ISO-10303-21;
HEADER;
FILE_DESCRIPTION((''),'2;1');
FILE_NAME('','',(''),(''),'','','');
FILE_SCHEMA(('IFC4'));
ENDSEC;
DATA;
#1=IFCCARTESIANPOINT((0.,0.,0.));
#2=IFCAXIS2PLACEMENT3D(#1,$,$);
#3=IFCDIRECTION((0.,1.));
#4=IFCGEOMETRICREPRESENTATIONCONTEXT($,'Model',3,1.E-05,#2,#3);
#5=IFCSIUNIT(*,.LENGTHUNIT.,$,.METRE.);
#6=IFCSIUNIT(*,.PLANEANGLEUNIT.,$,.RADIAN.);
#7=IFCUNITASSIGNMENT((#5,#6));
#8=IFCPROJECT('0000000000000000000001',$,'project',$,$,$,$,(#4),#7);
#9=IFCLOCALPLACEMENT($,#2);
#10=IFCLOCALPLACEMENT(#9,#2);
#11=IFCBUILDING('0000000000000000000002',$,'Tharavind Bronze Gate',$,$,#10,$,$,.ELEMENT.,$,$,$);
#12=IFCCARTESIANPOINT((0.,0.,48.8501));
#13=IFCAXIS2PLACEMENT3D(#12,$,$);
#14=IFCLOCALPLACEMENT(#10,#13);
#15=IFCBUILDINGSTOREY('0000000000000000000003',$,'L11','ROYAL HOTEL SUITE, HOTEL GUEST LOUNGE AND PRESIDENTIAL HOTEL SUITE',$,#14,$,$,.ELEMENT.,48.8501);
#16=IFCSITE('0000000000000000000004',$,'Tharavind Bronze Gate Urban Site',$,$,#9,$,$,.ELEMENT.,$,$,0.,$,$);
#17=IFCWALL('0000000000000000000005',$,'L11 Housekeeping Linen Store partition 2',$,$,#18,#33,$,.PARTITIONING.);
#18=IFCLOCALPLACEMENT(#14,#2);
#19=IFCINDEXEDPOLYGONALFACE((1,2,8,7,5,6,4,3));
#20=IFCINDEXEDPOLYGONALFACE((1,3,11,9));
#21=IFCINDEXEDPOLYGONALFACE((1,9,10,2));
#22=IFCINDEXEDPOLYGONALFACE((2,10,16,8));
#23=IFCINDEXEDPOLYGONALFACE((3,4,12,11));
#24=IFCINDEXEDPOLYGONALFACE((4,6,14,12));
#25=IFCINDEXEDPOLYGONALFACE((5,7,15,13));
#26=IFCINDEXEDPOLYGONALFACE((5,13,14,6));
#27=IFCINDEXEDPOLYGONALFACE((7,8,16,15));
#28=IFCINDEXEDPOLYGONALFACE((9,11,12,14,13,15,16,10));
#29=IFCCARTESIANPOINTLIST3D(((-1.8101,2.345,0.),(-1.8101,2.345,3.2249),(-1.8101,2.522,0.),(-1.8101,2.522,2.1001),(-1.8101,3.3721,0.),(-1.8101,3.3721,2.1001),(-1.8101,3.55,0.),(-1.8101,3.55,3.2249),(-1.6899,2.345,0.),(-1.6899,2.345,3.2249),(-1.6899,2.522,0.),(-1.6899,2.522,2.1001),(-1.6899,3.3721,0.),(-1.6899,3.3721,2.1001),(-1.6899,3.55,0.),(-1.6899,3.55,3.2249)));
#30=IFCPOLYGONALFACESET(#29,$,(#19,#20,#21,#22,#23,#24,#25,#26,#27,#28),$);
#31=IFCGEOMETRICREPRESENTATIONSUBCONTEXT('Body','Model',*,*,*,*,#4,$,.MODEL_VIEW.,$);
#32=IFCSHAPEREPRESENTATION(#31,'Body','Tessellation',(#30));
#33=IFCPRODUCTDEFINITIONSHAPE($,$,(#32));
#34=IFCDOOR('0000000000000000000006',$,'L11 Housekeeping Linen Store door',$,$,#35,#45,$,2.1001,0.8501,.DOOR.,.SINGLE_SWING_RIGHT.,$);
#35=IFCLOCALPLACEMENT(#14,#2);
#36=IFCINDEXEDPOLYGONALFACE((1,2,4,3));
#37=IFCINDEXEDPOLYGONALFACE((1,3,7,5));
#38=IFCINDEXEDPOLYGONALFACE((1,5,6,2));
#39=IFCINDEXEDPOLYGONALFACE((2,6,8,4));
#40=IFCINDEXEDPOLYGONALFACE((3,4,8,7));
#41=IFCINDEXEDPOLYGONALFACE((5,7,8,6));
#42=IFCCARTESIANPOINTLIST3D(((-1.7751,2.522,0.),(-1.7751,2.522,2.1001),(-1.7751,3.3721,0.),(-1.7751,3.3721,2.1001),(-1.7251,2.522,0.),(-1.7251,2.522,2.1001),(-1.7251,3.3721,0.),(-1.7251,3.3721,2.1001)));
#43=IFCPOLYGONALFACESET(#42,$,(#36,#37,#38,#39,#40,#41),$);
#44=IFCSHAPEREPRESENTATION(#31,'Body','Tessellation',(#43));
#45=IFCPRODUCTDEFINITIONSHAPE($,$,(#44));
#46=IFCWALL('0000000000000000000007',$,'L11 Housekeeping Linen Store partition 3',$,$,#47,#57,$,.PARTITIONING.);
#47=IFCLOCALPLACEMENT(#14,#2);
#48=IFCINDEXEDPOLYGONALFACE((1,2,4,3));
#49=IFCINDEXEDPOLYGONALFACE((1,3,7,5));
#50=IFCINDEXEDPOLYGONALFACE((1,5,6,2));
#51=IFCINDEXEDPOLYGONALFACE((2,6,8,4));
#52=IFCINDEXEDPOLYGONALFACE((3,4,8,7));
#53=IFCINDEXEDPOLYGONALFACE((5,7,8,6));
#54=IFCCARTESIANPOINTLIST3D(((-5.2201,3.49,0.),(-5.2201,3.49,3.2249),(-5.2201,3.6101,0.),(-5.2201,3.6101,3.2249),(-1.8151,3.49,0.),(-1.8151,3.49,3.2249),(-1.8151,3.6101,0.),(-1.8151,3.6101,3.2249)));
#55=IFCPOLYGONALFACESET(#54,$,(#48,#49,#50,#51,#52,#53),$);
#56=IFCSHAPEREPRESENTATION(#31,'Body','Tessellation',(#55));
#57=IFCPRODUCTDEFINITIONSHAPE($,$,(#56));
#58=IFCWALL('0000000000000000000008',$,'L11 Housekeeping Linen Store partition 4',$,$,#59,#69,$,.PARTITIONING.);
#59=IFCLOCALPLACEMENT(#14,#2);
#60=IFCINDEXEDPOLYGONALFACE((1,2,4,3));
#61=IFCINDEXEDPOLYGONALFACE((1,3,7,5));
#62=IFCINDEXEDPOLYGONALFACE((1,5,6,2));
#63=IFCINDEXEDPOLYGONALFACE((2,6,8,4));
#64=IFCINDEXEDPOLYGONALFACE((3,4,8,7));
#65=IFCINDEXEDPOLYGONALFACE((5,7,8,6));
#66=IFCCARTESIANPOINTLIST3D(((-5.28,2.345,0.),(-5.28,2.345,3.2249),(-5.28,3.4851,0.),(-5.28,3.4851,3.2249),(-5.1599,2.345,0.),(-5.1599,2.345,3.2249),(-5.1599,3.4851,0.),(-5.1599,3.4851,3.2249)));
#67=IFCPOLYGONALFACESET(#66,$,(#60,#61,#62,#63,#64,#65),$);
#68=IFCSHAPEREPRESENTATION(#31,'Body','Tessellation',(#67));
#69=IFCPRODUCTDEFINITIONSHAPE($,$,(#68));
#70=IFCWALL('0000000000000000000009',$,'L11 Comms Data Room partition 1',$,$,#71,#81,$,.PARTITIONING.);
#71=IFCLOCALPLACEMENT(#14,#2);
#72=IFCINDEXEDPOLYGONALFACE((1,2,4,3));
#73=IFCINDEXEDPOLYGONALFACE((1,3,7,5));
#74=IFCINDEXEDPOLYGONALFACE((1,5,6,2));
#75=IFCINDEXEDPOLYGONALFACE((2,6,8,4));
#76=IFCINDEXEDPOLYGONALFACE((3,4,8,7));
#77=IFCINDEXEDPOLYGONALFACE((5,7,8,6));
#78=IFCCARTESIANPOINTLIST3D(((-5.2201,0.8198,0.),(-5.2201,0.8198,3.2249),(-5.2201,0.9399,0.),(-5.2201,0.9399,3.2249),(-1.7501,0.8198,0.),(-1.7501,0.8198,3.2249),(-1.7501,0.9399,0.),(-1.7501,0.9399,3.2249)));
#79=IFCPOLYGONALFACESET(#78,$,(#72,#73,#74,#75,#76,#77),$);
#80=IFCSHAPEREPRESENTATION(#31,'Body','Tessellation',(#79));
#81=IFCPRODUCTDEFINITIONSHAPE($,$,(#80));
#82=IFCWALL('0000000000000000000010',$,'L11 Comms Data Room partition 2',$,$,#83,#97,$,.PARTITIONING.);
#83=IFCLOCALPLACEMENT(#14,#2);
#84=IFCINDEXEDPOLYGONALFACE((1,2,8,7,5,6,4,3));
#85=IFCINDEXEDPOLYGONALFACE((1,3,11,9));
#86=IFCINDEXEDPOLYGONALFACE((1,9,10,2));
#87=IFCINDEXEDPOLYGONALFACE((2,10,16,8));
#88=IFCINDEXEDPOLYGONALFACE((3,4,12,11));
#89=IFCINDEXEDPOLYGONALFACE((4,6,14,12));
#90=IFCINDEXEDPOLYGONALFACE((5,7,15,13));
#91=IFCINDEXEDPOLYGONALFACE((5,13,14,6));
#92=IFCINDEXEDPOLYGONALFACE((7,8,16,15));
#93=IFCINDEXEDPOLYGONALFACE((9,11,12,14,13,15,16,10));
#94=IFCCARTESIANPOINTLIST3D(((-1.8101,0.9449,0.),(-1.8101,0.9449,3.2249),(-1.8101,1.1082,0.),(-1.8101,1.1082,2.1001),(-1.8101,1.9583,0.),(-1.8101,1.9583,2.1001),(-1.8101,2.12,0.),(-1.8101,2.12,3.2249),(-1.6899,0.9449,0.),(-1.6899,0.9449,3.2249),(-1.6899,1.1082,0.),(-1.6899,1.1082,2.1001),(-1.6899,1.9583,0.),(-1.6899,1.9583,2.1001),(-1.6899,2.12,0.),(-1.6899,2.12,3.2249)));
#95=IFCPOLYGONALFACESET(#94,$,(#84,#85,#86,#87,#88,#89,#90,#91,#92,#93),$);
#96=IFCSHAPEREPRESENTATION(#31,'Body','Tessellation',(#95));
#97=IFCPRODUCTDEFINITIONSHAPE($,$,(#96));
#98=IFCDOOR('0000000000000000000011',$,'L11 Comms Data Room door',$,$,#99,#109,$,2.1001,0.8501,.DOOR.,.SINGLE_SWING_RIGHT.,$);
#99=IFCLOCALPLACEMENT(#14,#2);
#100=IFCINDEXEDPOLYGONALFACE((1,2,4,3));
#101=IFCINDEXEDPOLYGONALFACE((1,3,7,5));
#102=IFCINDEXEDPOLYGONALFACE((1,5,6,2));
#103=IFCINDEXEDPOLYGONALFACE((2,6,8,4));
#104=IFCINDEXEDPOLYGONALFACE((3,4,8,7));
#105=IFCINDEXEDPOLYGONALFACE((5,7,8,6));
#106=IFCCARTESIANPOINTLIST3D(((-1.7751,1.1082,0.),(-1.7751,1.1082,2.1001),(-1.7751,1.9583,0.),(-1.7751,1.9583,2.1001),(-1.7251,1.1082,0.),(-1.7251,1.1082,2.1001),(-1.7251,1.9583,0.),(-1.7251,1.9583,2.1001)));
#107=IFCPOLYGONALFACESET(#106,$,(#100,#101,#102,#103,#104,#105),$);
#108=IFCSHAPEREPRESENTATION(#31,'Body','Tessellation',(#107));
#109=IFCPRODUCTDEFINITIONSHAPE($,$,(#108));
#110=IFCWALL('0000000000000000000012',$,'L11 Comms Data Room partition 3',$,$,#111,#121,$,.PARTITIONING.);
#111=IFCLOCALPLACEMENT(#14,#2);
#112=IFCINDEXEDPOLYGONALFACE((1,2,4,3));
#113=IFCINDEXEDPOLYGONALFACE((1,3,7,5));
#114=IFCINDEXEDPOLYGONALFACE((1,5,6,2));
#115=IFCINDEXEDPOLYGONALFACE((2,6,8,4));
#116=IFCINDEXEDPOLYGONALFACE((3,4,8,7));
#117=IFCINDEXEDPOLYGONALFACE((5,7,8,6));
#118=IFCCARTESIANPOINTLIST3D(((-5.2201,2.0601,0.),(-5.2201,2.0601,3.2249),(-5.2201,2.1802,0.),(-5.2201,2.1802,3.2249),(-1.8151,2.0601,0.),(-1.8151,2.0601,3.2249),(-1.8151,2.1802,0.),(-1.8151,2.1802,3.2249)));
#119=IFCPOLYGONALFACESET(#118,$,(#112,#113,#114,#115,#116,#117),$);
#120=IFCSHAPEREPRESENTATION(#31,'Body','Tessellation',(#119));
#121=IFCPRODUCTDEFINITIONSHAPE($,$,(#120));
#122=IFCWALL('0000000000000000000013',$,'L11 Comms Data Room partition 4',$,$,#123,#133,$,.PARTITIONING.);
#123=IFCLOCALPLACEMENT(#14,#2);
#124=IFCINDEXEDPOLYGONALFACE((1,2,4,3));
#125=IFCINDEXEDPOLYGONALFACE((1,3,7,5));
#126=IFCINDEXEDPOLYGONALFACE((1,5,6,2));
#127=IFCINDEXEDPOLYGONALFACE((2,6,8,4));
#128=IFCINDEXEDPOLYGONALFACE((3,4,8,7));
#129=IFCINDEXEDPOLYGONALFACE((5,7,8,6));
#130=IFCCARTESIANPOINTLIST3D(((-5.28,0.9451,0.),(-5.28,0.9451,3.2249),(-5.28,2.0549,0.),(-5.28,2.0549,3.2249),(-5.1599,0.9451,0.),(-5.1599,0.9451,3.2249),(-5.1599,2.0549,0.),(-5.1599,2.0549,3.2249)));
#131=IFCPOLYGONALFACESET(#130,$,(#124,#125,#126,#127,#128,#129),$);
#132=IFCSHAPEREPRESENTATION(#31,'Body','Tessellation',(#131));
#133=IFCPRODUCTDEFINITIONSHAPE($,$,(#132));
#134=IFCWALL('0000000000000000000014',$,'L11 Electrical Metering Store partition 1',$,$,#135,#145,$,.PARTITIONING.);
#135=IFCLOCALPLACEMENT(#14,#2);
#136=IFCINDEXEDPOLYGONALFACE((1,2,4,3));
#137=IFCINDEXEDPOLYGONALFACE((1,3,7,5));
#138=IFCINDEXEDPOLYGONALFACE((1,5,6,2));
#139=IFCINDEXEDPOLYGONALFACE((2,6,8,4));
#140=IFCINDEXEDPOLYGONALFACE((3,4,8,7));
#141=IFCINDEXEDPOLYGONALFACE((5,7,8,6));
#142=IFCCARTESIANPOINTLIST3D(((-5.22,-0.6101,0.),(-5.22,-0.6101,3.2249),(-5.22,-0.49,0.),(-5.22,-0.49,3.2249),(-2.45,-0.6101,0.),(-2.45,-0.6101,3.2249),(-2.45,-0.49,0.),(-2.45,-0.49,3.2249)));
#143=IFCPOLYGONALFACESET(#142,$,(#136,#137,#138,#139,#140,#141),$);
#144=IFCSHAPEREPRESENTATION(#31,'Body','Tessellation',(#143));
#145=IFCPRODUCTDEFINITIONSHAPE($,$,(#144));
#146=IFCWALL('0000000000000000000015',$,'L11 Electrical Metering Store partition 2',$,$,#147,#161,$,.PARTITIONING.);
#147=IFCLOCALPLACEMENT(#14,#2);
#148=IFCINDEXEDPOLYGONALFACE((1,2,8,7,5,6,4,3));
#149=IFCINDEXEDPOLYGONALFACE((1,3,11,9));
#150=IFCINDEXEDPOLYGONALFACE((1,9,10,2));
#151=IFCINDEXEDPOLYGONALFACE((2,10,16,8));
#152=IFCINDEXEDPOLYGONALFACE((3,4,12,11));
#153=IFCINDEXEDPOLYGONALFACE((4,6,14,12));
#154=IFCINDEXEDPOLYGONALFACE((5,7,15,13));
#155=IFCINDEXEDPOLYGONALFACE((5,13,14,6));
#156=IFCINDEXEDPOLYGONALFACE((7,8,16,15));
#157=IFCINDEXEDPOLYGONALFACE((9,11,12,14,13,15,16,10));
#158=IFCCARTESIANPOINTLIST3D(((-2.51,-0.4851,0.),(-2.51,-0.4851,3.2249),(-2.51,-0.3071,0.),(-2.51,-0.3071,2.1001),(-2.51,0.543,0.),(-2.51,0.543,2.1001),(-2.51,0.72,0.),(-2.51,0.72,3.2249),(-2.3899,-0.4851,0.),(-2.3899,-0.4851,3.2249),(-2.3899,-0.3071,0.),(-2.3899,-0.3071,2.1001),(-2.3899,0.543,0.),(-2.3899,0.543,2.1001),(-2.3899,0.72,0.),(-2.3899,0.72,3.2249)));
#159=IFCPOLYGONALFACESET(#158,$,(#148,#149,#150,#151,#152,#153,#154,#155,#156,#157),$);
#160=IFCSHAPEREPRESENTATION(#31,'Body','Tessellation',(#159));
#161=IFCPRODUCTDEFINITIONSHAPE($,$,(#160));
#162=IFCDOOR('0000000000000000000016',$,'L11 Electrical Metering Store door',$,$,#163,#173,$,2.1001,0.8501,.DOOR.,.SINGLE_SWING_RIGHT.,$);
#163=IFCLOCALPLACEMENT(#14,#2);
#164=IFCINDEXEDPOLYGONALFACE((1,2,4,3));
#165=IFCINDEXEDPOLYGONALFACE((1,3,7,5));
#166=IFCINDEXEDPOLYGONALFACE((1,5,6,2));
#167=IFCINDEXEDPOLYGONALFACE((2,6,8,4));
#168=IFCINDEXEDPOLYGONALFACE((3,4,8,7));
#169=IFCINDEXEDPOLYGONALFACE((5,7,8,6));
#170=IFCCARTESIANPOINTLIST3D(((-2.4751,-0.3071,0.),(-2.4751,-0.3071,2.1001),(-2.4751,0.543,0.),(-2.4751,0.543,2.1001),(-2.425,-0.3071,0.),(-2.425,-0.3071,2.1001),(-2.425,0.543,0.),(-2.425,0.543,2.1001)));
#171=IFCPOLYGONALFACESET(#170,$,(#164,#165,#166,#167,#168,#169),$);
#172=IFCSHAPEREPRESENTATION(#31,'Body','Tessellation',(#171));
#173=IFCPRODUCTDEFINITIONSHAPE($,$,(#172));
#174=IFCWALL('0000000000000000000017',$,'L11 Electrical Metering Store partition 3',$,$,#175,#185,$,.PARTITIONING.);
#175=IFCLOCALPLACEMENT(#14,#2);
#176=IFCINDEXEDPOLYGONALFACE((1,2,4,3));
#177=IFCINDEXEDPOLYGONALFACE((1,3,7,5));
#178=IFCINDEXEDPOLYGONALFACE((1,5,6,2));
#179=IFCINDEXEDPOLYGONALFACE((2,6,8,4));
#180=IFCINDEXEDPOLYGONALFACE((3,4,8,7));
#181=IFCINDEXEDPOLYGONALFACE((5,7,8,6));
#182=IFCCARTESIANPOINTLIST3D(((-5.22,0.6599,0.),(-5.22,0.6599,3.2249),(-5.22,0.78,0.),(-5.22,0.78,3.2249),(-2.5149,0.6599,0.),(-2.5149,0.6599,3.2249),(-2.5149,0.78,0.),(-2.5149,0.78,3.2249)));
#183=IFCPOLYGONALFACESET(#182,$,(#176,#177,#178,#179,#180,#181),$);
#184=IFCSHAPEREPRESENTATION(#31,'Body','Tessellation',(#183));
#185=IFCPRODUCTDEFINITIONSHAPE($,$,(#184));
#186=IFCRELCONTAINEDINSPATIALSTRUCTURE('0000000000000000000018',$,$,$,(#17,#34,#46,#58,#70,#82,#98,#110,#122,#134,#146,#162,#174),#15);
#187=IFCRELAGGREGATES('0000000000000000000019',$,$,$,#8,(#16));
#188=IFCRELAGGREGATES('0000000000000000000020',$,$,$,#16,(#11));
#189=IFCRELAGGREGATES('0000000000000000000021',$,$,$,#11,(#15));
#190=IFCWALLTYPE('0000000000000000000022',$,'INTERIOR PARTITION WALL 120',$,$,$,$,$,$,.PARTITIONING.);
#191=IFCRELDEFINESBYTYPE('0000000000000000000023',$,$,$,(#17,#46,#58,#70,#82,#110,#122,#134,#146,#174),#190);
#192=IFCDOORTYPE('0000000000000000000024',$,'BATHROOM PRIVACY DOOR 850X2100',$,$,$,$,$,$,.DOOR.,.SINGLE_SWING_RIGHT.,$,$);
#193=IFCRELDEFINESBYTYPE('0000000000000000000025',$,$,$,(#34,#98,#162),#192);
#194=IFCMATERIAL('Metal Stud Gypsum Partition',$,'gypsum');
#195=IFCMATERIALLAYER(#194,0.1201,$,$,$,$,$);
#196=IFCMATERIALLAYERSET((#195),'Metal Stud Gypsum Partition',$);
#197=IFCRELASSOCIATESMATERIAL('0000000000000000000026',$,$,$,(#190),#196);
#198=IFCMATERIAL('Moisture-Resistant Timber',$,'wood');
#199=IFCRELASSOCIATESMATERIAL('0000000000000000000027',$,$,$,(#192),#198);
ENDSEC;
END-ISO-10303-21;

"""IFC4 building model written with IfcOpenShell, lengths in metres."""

from ifc_helpers import new_model, si_unit, direction, frame, frame_2d, origin, place, context, subcontext, project, spatial, rectangle, extrude, material, layer, layer_set, type_object, element, fill, save


model = new_model("IFC4")

# Units and contexts
model_context = context("Model", 3, precision=1e-05, world=origin(), true_north=direction((0.0, 1.0)))
body_context = subcontext(model_context, "Body", "Model", "MODEL_VIEW")
ifc_project = project(units=[si_unit("LENGTHUNIT", "METRE"), si_unit("PLANEANGLEUNIT", "RADIAN")], contexts=[model_context])

# Site, building, storey
site_placement = place(None, origin())
site = spatial("IfcSite", under=ifc_project, at=site_placement, Name="Tharavind Bronze Gate Urban Site", CompositionType="ELEMENT", RefElevation=0.0)
building_placement = place(site_placement, origin())
building = spatial("IfcBuilding", under=site, at=building_placement, Name="Tharavind Bronze Gate", CompositionType="ELEMENT")
storey_placement = place(building_placement, frame((0.0, 0.0, 48.8501)))
storey = spatial("IfcBuildingStorey", under=building, at=storey_placement, Name="L11", Description="ROYAL HOTEL SUITE, HOTEL GUEST LOUNGE AND PRESIDENTIAL HOTEL SUITE", CompositionType="ELEMENT", Elevation=48.8501)

# Shared definitions
ifc_material_1 = material(Name="Metal Stud Gypsum Partition", Category="gypsum")
ifc_layer_1 = layer(ifc_material_1, 0.1201)
ifc_layer_set_1 = layer_set([ifc_layer_1], Name="Metal Stud Gypsum Partition")
wall_type_1 = type_object("IfcWallType", Name="INTERIOR PARTITION WALL 120", PredefinedType="PARTITIONING", material=ifc_layer_set_1)

# Wall, opening, door
wall_1_placement = place(storey_placement, frame((-1.75, 2.345, 0.0), z_axis=(0.0, 0.0, 1.0), x_axis=(0.0, 1.0, 0.0)))
wall_1 = element("IfcWall", 1, at=wall_1_placement, inside=storey, type_object=wall_type_1, Name="L11 Housekeeping Linen Store partition 2", PredefinedType="PARTITIONING", context=body_context, shape_type="SweptSolid", body=[
    extrude(rectangle(XDim=1.2051, YDim=0.1201, at=frame_2d((0.6025, 0.0))), origin(), (0.0, 0.0, 1.0), 3.2249),
])
opening_1_placement = place(wall_1_placement, frame((0.177, 0.0, 0.0)))
opening_1 = element("IfcOpeningElement", 2, at=opening_1_placement, cuts=wall_1, PredefinedType="OPENING", context=body_context, shape_type="SweptSolid", body=[
    extrude(rectangle(XDim=0.8501, YDim=2.1001, at=frame_2d((0.425, 1.05))), frame((0.0, 0.0701, 0.0), z_axis=(0.0, -1.0, 0.0), x_axis=(1.0, 0.0, 0.0)), (0.0, 0.0, 1.0), 0.1401),
])
ifc_material_2 = material(Name="Moisture-Resistant Timber", Category="wood")
door_type = type_object("IfcDoorType", Name="BATHROOM PRIVACY DOOR 850X2100", OperationType="SINGLE_SWING_RIGHT", PredefinedType="DOOR", material=ifc_material_2)
door_1_placement = place(opening_1_placement, frame((0.8501, 0.0, 0.0), z_axis=(0.0, 0.0, 1.0), x_axis=(-1.0, 0.0, 0.0)))
door_1 = element("IfcDoor", 3, at=door_1_placement, inside=storey, type_object=door_type, Name="L11 Housekeeping Linen Store door", OperationType="SINGLE_SWING_RIGHT", OverallHeight=2.1001, OverallWidth=0.8501, PredefinedType="DOOR", context=body_context, shape_type="SweptSolid", body=[
    extrude(rectangle(XDim=0.8501, YDim=2.1001, at=frame_2d((0.425, 1.05))), frame((0.0, 0.0249, 0.0), z_axis=(0.0, -1.0, 0.0), x_axis=(1.0, 0.0, 0.0)), (0.0, 0.0, 1.0), 0.05),
])
fill(opening_1, door_1)

# Walls
wall_2_placement = place(storey_placement, frame((-1.8149, 3.55, 0.0), z_axis=(0.0, 0.0, 1.0), x_axis=(-1.0, 0.0, 0.0)))
element("IfcWall", 4, at=wall_2_placement, inside=storey, type_object=wall_type_1, Name="L11 Housekeeping Linen Store partition 3", PredefinedType="PARTITIONING", context=body_context, shape_type="SweptSolid", body=[
    extrude(rectangle(XDim=3.405, YDim=0.1201, at=frame_2d((1.7026, 0.0))), origin(), (0.0, 0.0, 1.0), 3.2249),
])
wall_3_placement = place(storey_placement, frame((-5.22, 3.4851, 0.0), z_axis=(0.0, 0.0, 1.0), x_axis=(0.0, -1.0, 0.0)))
element("IfcWall", 5, at=wall_3_placement, inside=storey, type_object=wall_type_1, Name="L11 Housekeeping Linen Store partition 4", PredefinedType="PARTITIONING", context=body_context, shape_type="SweptSolid", body=[
    extrude(rectangle(XDim=1.1401, YDim=0.1201, at=frame_2d((0.5701, 0.0))), origin(), (0.0, 0.0, 1.0), 3.2249),
])
wall_4_placement = place(storey_placement, frame((-5.22, 0.8799, 0.0), z_axis=(0.0, 0.0, 1.0), x_axis=(1.0, 0.0, 0.0)))
element("IfcWall", 6, at=wall_4_placement, inside=storey, type_object=wall_type_1, Name="L11 Comms Data Room partition 1", PredefinedType="PARTITIONING", context=body_context, shape_type="SweptSolid", body=[
    extrude(rectangle(XDim=3.47, YDim=0.1201, at=frame_2d((1.7349, 0.0))), origin(), (0.0, 0.0, 1.0), 3.2249),
])

# Wall, opening, door
wall_5_placement = place(storey_placement, frame((-1.75, 0.9451, 0.0), z_axis=(0.0, 0.0, 1.0), x_axis=(0.0, 1.0, 0.0)))
wall_5 = element("IfcWall", 7, at=wall_5_placement, inside=storey, type_object=wall_type_1, Name="L11 Comms Data Room partition 2", PredefinedType="PARTITIONING", context=body_context, shape_type="SweptSolid", body=[
    extrude(rectangle(XDim=1.175, YDim=0.1201, at=frame_2d((0.5874, 0.0))), origin(), (0.0, 0.0, 1.0), 3.2249),
])
opening_2_placement = place(wall_5_placement, frame((0.1631, 0.0, 0.0)))
opening_2 = element("IfcOpeningElement", 8, at=opening_2_placement, cuts=wall_5, PredefinedType="OPENING", context=body_context, shape_type="SweptSolid", body=[
    extrude(rectangle(XDim=0.8501, YDim=2.1001, at=frame_2d((0.425, 1.05))), frame((0.0, 0.0701, 0.0), z_axis=(0.0, -1.0, 0.0), x_axis=(1.0, 0.0, 0.0)), (0.0, 0.0, 1.0), 0.1401),
])
door_2_placement = place(opening_2_placement, frame((0.8501, 0.0, 0.0), z_axis=(0.0, 0.0, 1.0), x_axis=(-1.0, 0.0, 0.0)))
door_2 = element("IfcDoor", 9, at=door_2_placement, inside=storey, type_object=door_type, Name="L11 Comms Data Room door", OperationType="SINGLE_SWING_RIGHT", OverallHeight=2.1001, OverallWidth=0.8501, PredefinedType="DOOR", context=body_context, shape_type="SweptSolid", body=[
    extrude(rectangle(XDim=0.8501, YDim=2.1001, at=frame_2d((0.425, 1.05))), frame((0.0, 0.0249, 0.0), z_axis=(0.0, -1.0, 0.0), x_axis=(1.0, 0.0, 0.0)), (0.0, 0.0, 1.0), 0.05),
])
fill(opening_2, door_2)

# Walls
wall_6_placement = place(storey_placement, frame((-1.8149, 2.1201, 0.0), z_axis=(0.0, 0.0, 1.0), x_axis=(-1.0, 0.0, 0.0)))
element("IfcWall", 10, at=wall_6_placement, inside=storey, type_object=wall_type_1, Name="L11 Comms Data Room partition 3", PredefinedType="PARTITIONING", context=body_context, shape_type="SweptSolid", body=[
    extrude(rectangle(XDim=3.405, YDim=0.1201, at=frame_2d((1.7026, 0.0))), origin(), (0.0, 0.0, 1.0), 3.2249),
])
wall_7_placement = place(storey_placement, frame((-5.22, 2.0549, 0.0), z_axis=(0.0, 0.0, 1.0), x_axis=(0.0, -1.0, 0.0)))
element("IfcWall", 11, at=wall_7_placement, inside=storey, type_object=wall_type_1, Name="L11 Comms Data Room partition 4", PredefinedType="PARTITIONING", context=body_context, shape_type="SweptSolid", body=[
    extrude(rectangle(XDim=1.1099, YDim=0.1201, at=frame_2d((0.5549, 0.0))), origin(), (0.0, 0.0, 1.0), 3.2249),
])
wall_8_placement = place(storey_placement, frame((-5.22, -0.55, 0.0), z_axis=(0.0, 0.0, 1.0), x_axis=(1.0, 0.0, 0.0)))
element("IfcWall", 12, at=wall_8_placement, inside=storey, type_object=wall_type_1, Name="L11 Electrical Metering Store partition 1", PredefinedType="PARTITIONING", context=body_context, shape_type="SweptSolid", body=[
    extrude(rectangle(XDim=2.77, YDim=0.1201, at=frame_2d((1.385, 0.0))), origin(), (0.0, 0.0, 1.0), 3.2249),
])

# Wall, opening, door
wall_9_placement = place(storey_placement, frame((-2.45, -0.4851, 0.0), z_axis=(0.0, 0.0, 1.0), x_axis=(0.0, 1.0, 0.0)))
wall_9 = element("IfcWall", 13, at=wall_9_placement, inside=storey, type_object=wall_type_1, Name="L11 Electrical Metering Store partition 2", PredefinedType="PARTITIONING", context=body_context, shape_type="SweptSolid", body=[
    extrude(rectangle(XDim=1.2051, YDim=0.1201, at=frame_2d((0.6025, 0.0))), origin(), (0.0, 0.0, 1.0), 3.2249),
])
opening_3_placement = place(wall_9_placement, frame((0.178, 0.0, 0.0)))
opening_3 = element("IfcOpeningElement", 14, at=opening_3_placement, cuts=wall_9, PredefinedType="OPENING", context=body_context, shape_type="SweptSolid", body=[
    extrude(rectangle(XDim=0.8501, YDim=2.1001, at=frame_2d((0.425, 1.05))), frame((0.0, 0.0701, 0.0), z_axis=(0.0, -1.0, 0.0), x_axis=(1.0, 0.0, 0.0)), (0.0, 0.0, 1.0), 0.1401),
])
door_3_placement = place(opening_3_placement, frame((0.8501, 0.0, 0.0), z_axis=(0.0, 0.0, 1.0), x_axis=(-1.0, 0.0, 0.0)))
door_3 = element("IfcDoor", 15, at=door_3_placement, inside=storey, type_object=door_type, Name="L11 Electrical Metering Store door", OperationType="SINGLE_SWING_RIGHT", OverallHeight=2.1001, OverallWidth=0.8501, PredefinedType="DOOR", context=body_context, shape_type="SweptSolid", body=[
    extrude(rectangle(XDim=0.8501, YDim=2.1001, at=frame_2d((0.425, 1.05))), frame((0.0, 0.0249, 0.0), z_axis=(0.0, -1.0, 0.0), x_axis=(1.0, 0.0, 0.0)), (0.0, 0.0, 1.0), 0.05),
])
fill(opening_3, door_3)

# Wall
wall_10_placement = place(storey_placement, frame((-2.5149, 0.72, 0.0), z_axis=(0.0, 0.0, 1.0), x_axis=(-1.0, 0.0, 0.0)))
element("IfcWall", 16, at=wall_10_placement, inside=storey, type_object=wall_type_1, Name="L11 Electrical Metering Store partition 3", PredefinedType="PARTITIONING", context=body_context, shape_type="SweptSolid", body=[
    extrude(rectangle(XDim=2.7051, YDim=0.1201, at=frame_2d((1.3525, 0.0))), origin(), (0.0, 0.0, 1.0), 3.2249),
])

save(model, "model.ifc")
